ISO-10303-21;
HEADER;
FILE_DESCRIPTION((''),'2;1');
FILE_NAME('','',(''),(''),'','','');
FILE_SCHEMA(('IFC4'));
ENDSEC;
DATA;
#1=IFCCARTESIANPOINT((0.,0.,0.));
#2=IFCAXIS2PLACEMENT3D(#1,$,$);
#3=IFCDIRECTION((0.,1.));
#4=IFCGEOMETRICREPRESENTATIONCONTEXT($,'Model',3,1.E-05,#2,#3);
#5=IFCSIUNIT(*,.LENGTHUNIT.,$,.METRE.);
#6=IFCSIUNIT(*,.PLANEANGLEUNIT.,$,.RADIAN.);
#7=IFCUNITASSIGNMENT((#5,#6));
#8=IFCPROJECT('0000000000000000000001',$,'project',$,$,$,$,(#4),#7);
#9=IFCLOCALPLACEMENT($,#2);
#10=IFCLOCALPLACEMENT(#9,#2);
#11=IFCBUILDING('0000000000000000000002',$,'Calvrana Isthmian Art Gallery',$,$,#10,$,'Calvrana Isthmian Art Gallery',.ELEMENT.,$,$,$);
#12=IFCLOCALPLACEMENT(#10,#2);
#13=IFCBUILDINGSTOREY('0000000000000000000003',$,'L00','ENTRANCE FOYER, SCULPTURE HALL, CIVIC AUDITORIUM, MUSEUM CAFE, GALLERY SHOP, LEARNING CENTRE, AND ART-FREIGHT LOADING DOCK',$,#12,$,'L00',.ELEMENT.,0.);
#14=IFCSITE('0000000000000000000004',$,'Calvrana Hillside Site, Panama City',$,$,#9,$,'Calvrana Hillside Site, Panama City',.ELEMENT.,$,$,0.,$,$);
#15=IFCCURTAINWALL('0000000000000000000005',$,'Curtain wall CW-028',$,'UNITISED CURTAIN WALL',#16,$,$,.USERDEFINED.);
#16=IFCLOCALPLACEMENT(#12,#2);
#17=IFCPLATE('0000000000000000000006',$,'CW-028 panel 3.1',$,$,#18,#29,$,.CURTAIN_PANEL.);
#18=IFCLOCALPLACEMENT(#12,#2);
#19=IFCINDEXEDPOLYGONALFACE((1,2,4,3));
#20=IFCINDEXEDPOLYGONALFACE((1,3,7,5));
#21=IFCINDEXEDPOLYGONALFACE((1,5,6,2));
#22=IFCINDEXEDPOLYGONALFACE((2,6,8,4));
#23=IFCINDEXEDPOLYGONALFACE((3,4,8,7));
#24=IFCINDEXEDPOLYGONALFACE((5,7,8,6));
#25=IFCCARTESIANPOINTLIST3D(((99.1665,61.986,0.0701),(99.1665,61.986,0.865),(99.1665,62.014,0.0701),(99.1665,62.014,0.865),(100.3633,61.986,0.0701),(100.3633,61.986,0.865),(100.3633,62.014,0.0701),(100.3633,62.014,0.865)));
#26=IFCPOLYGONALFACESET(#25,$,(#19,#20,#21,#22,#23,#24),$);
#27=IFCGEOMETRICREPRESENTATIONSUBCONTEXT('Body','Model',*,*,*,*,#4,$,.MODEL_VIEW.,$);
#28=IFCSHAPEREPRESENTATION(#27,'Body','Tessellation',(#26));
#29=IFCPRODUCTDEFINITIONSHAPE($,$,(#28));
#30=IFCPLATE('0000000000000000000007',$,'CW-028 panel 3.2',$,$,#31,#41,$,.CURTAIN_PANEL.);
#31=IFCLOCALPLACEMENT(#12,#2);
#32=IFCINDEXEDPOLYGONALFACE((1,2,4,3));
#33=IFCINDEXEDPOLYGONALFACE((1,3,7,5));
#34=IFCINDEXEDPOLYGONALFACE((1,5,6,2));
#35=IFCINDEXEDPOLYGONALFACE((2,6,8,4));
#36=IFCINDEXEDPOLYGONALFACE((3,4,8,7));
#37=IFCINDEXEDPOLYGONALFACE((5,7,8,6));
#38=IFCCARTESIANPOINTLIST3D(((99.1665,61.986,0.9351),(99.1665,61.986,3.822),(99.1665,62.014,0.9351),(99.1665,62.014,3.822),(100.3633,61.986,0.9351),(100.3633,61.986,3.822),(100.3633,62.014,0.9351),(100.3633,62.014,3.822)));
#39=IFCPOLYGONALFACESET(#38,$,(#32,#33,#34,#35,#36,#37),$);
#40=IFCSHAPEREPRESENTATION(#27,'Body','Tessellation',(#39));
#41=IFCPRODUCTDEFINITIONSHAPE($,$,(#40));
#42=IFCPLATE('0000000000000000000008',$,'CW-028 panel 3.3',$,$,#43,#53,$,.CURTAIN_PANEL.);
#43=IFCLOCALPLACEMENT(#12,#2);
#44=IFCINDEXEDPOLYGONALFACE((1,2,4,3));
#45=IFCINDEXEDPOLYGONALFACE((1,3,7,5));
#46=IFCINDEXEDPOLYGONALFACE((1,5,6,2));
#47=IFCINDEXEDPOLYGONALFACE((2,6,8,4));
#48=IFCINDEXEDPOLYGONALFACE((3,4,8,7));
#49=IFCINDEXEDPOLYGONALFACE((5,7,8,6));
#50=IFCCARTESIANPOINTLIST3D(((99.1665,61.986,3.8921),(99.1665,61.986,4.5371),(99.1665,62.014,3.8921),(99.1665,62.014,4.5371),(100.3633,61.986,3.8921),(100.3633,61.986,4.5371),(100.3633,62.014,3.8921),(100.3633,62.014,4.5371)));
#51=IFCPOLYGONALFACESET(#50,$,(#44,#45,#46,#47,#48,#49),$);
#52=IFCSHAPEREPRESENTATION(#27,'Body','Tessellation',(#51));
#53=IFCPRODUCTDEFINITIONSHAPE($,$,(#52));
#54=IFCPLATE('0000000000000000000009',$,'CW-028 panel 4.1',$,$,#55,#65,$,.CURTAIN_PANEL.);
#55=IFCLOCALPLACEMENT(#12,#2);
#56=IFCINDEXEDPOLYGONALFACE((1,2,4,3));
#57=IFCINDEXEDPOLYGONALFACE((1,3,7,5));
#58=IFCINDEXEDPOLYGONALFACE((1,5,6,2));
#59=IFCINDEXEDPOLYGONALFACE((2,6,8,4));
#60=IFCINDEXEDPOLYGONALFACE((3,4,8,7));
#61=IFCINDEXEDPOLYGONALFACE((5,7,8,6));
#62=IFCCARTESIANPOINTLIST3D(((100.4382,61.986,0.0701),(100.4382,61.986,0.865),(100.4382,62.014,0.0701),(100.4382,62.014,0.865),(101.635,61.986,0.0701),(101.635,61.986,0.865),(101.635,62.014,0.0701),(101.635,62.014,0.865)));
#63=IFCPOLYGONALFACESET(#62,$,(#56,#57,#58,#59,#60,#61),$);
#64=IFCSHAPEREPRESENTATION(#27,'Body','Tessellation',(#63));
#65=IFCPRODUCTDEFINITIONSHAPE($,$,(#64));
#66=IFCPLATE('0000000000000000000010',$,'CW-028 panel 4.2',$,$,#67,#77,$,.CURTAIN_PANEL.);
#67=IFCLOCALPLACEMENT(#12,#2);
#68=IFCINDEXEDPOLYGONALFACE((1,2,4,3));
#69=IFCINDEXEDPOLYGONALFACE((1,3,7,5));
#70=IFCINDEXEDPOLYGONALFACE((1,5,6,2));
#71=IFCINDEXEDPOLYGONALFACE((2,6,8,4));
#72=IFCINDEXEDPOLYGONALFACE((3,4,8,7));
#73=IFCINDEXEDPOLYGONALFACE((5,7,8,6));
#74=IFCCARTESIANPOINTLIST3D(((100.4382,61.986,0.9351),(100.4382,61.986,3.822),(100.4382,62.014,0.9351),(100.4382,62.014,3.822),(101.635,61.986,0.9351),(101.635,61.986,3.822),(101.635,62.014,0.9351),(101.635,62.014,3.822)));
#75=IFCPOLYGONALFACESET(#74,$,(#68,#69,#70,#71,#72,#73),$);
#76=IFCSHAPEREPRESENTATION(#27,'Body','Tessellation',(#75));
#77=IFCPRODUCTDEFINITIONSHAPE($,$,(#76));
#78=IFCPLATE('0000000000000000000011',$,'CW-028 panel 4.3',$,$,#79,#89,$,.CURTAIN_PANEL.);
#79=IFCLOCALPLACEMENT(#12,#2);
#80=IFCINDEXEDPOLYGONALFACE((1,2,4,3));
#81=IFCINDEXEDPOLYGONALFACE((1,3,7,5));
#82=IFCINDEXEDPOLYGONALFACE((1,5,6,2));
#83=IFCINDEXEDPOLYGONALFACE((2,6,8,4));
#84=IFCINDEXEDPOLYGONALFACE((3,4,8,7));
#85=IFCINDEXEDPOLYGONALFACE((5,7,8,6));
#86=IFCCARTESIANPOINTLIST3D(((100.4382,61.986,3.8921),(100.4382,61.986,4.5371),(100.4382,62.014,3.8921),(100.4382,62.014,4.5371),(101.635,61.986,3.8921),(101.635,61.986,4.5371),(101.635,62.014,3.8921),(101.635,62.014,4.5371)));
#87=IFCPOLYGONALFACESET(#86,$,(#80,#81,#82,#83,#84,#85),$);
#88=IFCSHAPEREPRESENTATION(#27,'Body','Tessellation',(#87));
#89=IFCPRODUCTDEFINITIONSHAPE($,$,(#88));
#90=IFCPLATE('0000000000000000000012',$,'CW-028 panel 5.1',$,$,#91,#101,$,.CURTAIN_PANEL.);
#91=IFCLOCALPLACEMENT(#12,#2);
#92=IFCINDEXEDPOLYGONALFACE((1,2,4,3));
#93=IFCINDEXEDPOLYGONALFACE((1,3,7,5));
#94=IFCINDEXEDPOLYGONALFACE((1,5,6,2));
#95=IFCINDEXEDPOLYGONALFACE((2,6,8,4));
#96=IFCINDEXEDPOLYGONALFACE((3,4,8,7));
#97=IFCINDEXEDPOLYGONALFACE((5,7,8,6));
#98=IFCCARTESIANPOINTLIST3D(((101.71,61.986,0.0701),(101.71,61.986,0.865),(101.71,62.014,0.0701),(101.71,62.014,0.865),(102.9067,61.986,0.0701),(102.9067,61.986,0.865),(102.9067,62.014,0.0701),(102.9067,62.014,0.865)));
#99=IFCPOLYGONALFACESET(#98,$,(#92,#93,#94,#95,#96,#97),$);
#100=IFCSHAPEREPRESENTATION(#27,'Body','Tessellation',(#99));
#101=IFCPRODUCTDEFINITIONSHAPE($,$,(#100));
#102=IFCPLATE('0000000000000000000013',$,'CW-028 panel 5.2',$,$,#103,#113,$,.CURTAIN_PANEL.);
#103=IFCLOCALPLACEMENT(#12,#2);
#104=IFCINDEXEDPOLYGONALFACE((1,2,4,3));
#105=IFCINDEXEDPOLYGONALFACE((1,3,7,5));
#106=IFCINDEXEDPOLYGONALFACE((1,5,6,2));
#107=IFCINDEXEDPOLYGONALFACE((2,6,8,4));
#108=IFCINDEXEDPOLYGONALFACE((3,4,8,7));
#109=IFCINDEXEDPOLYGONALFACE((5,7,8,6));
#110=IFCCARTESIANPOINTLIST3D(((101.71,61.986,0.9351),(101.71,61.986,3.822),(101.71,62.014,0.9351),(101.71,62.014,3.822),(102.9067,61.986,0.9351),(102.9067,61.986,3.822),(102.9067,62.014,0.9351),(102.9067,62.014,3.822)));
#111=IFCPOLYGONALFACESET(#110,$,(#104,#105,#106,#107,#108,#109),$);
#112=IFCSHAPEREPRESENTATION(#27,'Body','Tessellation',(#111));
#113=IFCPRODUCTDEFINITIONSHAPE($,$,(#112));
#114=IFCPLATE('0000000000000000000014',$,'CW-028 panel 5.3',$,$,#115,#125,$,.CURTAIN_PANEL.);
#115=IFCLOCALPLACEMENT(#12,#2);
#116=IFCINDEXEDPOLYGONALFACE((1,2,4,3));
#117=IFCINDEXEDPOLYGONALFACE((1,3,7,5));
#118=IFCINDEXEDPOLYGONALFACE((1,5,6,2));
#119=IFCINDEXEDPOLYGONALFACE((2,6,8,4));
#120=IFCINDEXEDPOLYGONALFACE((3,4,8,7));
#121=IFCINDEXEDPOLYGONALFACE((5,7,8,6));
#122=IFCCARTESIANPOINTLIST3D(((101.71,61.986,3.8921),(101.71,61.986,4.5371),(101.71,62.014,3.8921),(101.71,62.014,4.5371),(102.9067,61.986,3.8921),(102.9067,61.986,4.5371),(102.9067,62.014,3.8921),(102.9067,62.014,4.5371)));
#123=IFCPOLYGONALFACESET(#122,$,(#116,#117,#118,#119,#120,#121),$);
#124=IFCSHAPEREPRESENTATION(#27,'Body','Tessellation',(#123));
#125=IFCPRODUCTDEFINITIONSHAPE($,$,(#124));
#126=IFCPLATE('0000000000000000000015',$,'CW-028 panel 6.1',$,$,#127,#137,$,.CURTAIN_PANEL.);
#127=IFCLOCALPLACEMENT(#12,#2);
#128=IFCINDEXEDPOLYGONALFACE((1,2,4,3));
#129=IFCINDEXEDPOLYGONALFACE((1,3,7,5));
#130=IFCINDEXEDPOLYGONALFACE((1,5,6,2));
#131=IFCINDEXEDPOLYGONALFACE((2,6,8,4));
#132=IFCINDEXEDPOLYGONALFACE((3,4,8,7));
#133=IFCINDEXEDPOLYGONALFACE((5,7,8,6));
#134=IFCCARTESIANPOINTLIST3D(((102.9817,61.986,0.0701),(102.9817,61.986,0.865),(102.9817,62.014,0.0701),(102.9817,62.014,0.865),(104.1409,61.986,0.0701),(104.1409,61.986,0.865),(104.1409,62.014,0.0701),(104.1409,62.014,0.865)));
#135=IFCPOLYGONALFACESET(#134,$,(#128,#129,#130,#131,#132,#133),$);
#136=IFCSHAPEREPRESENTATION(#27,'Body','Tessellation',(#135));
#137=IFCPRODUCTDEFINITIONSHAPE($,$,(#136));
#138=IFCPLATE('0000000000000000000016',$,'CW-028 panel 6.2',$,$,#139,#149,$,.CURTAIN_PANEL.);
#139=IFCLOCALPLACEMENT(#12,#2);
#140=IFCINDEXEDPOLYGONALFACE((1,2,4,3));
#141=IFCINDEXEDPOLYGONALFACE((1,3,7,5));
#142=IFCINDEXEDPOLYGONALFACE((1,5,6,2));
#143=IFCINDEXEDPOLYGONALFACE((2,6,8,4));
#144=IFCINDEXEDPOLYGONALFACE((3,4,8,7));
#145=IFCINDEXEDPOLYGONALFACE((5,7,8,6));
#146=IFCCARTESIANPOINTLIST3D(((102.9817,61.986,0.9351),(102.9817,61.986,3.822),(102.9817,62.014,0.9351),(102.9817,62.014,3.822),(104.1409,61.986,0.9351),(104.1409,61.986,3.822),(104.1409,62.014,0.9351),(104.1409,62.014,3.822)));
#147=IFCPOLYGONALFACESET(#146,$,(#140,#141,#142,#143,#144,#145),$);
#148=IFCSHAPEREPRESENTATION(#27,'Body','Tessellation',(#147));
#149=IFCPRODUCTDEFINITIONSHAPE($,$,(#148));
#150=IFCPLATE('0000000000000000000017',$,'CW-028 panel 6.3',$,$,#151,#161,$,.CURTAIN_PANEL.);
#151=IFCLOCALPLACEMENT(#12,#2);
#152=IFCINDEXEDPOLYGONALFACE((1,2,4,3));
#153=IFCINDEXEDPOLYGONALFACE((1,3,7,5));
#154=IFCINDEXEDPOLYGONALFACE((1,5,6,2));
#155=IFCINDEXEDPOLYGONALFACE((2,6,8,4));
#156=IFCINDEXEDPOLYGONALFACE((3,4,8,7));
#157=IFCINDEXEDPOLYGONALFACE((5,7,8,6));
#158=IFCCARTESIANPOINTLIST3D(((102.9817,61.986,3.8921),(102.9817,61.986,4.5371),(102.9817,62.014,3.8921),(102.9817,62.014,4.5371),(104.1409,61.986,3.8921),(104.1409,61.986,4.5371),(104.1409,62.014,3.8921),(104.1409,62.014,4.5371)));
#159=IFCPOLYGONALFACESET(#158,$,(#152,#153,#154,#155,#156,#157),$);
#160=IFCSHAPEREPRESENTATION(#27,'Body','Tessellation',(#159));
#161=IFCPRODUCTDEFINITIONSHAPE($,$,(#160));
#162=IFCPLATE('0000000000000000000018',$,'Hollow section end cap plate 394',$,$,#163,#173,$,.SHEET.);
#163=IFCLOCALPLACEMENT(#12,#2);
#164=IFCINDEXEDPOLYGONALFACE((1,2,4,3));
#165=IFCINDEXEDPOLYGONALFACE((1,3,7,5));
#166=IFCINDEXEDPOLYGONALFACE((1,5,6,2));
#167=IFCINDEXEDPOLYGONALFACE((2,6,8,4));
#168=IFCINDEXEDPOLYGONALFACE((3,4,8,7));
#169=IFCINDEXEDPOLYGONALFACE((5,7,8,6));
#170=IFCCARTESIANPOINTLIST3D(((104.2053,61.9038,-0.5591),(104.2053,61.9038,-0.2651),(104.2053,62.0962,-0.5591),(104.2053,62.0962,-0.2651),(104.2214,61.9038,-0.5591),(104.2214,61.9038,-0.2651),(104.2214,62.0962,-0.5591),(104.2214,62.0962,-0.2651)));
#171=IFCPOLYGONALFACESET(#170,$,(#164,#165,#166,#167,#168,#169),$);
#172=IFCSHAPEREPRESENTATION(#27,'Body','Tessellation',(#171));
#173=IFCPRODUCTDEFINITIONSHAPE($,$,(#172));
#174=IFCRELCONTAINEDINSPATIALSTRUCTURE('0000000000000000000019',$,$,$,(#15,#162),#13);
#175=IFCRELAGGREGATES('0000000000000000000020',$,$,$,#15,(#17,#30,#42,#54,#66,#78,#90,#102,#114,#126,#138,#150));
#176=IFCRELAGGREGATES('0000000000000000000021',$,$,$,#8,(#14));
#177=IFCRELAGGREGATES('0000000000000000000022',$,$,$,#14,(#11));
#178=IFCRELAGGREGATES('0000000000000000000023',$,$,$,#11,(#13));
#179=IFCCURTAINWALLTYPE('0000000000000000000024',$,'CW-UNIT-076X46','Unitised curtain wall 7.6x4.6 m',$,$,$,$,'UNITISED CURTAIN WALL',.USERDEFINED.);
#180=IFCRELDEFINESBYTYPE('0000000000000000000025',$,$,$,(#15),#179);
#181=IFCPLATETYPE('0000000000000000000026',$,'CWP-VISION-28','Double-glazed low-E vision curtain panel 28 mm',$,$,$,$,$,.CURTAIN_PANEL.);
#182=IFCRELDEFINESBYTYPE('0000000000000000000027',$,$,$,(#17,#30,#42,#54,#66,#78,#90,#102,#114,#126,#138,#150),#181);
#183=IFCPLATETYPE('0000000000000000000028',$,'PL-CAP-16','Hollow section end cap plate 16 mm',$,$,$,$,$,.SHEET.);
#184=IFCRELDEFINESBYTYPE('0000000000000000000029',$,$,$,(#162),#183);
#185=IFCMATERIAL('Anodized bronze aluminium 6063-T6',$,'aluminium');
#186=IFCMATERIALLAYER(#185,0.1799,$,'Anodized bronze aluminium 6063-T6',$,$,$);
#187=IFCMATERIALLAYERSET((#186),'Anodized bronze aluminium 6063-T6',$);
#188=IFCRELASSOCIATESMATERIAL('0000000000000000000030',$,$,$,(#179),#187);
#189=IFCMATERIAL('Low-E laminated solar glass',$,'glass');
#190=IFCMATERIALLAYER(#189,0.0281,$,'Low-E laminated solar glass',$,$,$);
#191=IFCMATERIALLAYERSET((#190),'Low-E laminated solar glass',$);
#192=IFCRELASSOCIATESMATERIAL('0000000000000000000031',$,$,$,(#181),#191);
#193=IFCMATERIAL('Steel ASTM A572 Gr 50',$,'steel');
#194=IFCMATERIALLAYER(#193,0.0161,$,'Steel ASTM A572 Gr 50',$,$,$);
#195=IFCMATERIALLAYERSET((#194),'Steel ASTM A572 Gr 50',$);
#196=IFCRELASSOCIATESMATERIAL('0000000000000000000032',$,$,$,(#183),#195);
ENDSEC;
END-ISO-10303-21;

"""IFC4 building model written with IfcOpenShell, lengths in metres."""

from ifc_helpers import new_model, si_unit, direction, frame, origin, origin_2d, place, context, subcontext, project, spatial, rectangle, extrude, material, layer, layer_set, type_object, element, aggregate, save


model = new_model("IFC4")

# Units and contexts
model_context = context("Model", 3, precision=1e-05, world=origin(), true_north=direction((0.0, 1.0)))
body_context = subcontext(model_context, "Body", "Model", "MODEL_VIEW")
ifc_project = project(units=[si_unit("LENGTHUNIT", "METRE"), si_unit("PLANEANGLEUNIT", "RADIAN")], contexts=[model_context])

# Site, building, storey
site_placement = place(None, origin())
site = spatial("IfcSite", under=ifc_project, at=site_placement, Name="Calvrana Hillside Site, Panama City", LongName="Calvrana Hillside Site, Panama City", CompositionType="ELEMENT", RefElevation=0.0)
building_placement = place(site_placement, origin())
building = spatial("IfcBuilding", under=site, at=building_placement, Name="Calvrana Isthmian Art Gallery", LongName="Calvrana Isthmian Art Gallery", CompositionType="ELEMENT")
storey_placement = place(building_placement, origin())
storey = spatial("IfcBuildingStorey", under=building, at=storey_placement, Name="L00", Description="ENTRANCE FOYER, SCULPTURE HALL, CIVIC AUDITORIUM, MUSEUM CAFE, GALLERY SHOP, LEARNING CENTRE, AND ART-FREIGHT LOADING DOCK", LongName="L00", CompositionType="ELEMENT", Elevation=0.0)

# Curtain wall, plates
ifc_material_1 = material(Name="Anodized bronze aluminium 6063-T6", Category="aluminium")
ifc_layer_1 = layer(ifc_material_1, 0.1799, Name="Anodized bronze aluminium 6063-T6")
ifc_layer_set_1 = layer_set([ifc_layer_1], Name="Anodized bronze aluminium 6063-T6")
curtain_wall_type = type_object("IfcCurtainWallType", Name="CW-UNIT-076X46", Description="Unitised curtain wall 7.6x4.6 m", ElementType="UNITISED CURTAIN WALL", PredefinedType="USERDEFINED", material=ifc_layer_set_1)
curtain_wall_placement = place(storey_placement, origin())
curtain_wall = element("IfcCurtainWall", 1, at=curtain_wall_placement, inside=storey, type_object=curtain_wall_type, Name="Curtain wall CW-028", ObjectType="UNITISED CURTAIN WALL", PredefinedType="USERDEFINED")
ifc_material_2 = material(Name="Low-E laminated solar glass", Category="glass")
ifc_layer_2 = layer(ifc_material_2, 0.0281, Name="Low-E laminated solar glass")
ifc_layer_set_2 = layer_set([ifc_layer_2], Name="Low-E laminated solar glass")
plate_type_1 = type_object("IfcPlateType", Name="CWP-VISION-28", Description="Double-glazed low-E vision curtain panel 28 mm", PredefinedType="CURTAIN_PANEL", material=ifc_layer_set_2)
plate_1_placement = place(storey_placement, frame((99.7649, 62.0, 0.0701), z_axis=(0.0, 0.0, 1.0), x_axis=(1.0, 0.0, 0.0)))
plate_1 = element("IfcPlate", 2, at=plate_1_placement, type_object=plate_type_1, Name="CW-028 panel 3.1", PredefinedType="CURTAIN_PANEL", context=body_context, shape_type="SweptSolid", body=[
    extrude(rectangle(XDim=1.1968, YDim=0.0281, at=origin_2d()), origin(), (0.0, 0.0, 1.0), 0.7949),
])
plate_2_placement = place(storey_placement, frame((99.7649, 62.0, 0.9351), z_axis=(0.0, 0.0, 1.0), x_axis=(1.0, 0.0, 0.0)))
plate_2 = element("IfcPlate", 3, at=plate_2_placement, type_object=plate_type_1, Name="CW-028 panel 3.2", PredefinedType="CURTAIN_PANEL", context=body_context, shape_type="SweptSolid", body=[
    extrude(rectangle(XDim=1.1968, YDim=0.0281, at=origin_2d()), origin(), (0.0, 0.0, 1.0), 2.887),
])
plate_3_placement = place(storey_placement, frame((99.7649, 62.0, 3.8921), z_axis=(0.0, 0.0, 1.0), x_axis=(1.0, 0.0, 0.0)))
plate_3 = element("IfcPlate", 4, at=plate_3_placement, type_object=plate_type_1, Name="CW-028 panel 3.3", PredefinedType="CURTAIN_PANEL", context=body_context, shape_type="SweptSolid", body=[
    extrude(rectangle(XDim=1.1968, YDim=0.0281, at=origin_2d()), origin(), (0.0, 0.0, 1.0), 0.645),
])
plate_4_placement = place(storey_placement, frame((101.0366, 62.0, 0.0701), z_axis=(0.0, 0.0, 1.0), x_axis=(1.0, 0.0, 0.0)))
plate_4 = element("IfcPlate", 5, at=plate_4_placement, type_object=plate_type_1, Name="CW-028 panel 4.1", PredefinedType="CURTAIN_PANEL", context=body_context, shape_type="SweptSolid", body=[
    extrude(rectangle(XDim=1.1968, YDim=0.0281, at=origin_2d()), origin(), (0.0, 0.0, 1.0), 0.7949),
])
plate_5_placement = place(storey_placement, frame((101.0366, 62.0, 0.9351), z_axis=(0.0, 0.0, 1.0), x_axis=(1.0, 0.0, 0.0)))
plate_5 = element("IfcPlate", 6, at=plate_5_placement, type_object=plate_type_1, Name="CW-028 panel 4.2", PredefinedType="CURTAIN_PANEL", context=body_context, shape_type="SweptSolid", body=[
    extrude(rectangle(XDim=1.1968, YDim=0.0281, at=origin_2d()), origin(), (0.0, 0.0, 1.0), 2.887),
])
plate_6_placement = place(storey_placement, frame((101.0366, 62.0, 3.8921), z_axis=(0.0, 0.0, 1.0), x_axis=(1.0, 0.0, 0.0)))
plate_6 = element("IfcPlate", 7, at=plate_6_placement, type_object=plate_type_1, Name="CW-028 panel 4.3", PredefinedType="CURTAIN_PANEL", context=body_context, shape_type="SweptSolid", body=[
    extrude(rectangle(XDim=1.1968, YDim=0.0281, at=origin_2d()), origin(), (0.0, 0.0, 1.0), 0.645),
])
plate_7_placement = place(storey_placement, frame((102.3083, 62.0, 0.0701), z_axis=(0.0, 0.0, 1.0), x_axis=(1.0, 0.0, 0.0)))
plate_7 = element("IfcPlate", 8, at=plate_7_placement, type_object=plate_type_1, Name="CW-028 panel 5.1", PredefinedType="CURTAIN_PANEL", context=body_context, shape_type="SweptSolid", body=[
    extrude(rectangle(XDim=1.1968, YDim=0.0281, at=origin_2d()), origin(), (0.0, 0.0, 1.0), 0.7949),
])
plate_8_placement = place(storey_placement, frame((102.3083, 62.0, 0.9351), z_axis=(0.0, 0.0, 1.0), x_axis=(1.0, 0.0, 0.0)))
plate_8 = element("IfcPlate", 9, at=plate_8_placement, type_object=plate_type_1, Name="CW-028 panel 5.2", PredefinedType="CURTAIN_PANEL", context=body_context, shape_type="SweptSolid", body=[
    extrude(rectangle(XDim=1.1968, YDim=0.0281, at=origin_2d()), origin(), (0.0, 0.0, 1.0), 2.887),
])
plate_9_placement = place(storey_placement, frame((102.3083, 62.0, 3.8921), z_axis=(0.0, 0.0, 1.0), x_axis=(1.0, 0.0, 0.0)))
plate_9 = element("IfcPlate", 10, at=plate_9_placement, type_object=plate_type_1, Name="CW-028 panel 5.3", PredefinedType="CURTAIN_PANEL", context=body_context, shape_type="SweptSolid", body=[
    extrude(rectangle(XDim=1.1968, YDim=0.0281, at=origin_2d()), origin(), (0.0, 0.0, 1.0), 0.645),
])
plate_10_placement = place(storey_placement, frame((103.5613, 62.0, 0.0701), z_axis=(0.0, 0.0, 1.0), x_axis=(1.0, 0.0, 0.0)))
plate_10 = element("IfcPlate", 11, at=plate_10_placement, type_object=plate_type_1, Name="CW-028 panel 6.1", PredefinedType="CURTAIN_PANEL", context=body_context, shape_type="SweptSolid", body=[
    extrude(rectangle(XDim=1.1592, YDim=0.0281, at=origin_2d()), origin(), (0.0, 0.0, 1.0), 0.7949),
])
plate_11_placement = place(storey_placement, frame((103.5613, 62.0, 0.9351), z_axis=(0.0, 0.0, 1.0), x_axis=(1.0, 0.0, 0.0)))
plate_11 = element("IfcPlate", 12, at=plate_11_placement, type_object=plate_type_1, Name="CW-028 panel 6.2", PredefinedType="CURTAIN_PANEL", context=body_context, shape_type="SweptSolid", body=[
    extrude(rectangle(XDim=1.1592, YDim=0.0281, at=origin_2d()), origin(), (0.0, 0.0, 1.0), 2.887),
])
plate_12_placement = place(storey_placement, frame((103.5613, 62.0, 3.8921), z_axis=(0.0, 0.0, 1.0), x_axis=(1.0, 0.0, 0.0)))
plate_12 = element("IfcPlate", 13, at=plate_12_placement, type_object=plate_type_1, Name="CW-028 panel 6.3", PredefinedType="CURTAIN_PANEL", context=body_context, shape_type="SweptSolid", body=[
    extrude(rectangle(XDim=1.1592, YDim=0.0281, at=origin_2d()), origin(), (0.0, 0.0, 1.0), 0.645),
])
aggregate(curtain_wall, [plate_1, plate_2, plate_3, plate_4, plate_5, plate_6, plate_7, plate_8, plate_9, plate_10, plate_11, plate_12])

# Plate
ifc_material_3 = material(Name="Steel ASTM A572 Gr 50", Category="steel")
ifc_layer_3 = layer(ifc_material_3, 0.0161, Name="Steel ASTM A572 Gr 50")
ifc_layer_set_3 = layer_set([ifc_layer_3], Name="Steel ASTM A572 Gr 50")
plate_type_2 = type_object("IfcPlateType", Name="PL-CAP-16", Description="Hollow section end cap plate 16 mm", PredefinedType="SHEET", material=ifc_layer_set_3)
plate_13_placement = place(storey_placement, frame((104.2134, 62.0, -0.5591), z_axis=(0.0, 0.0, 1.0), x_axis=(1.0, 0.0, 0.0)))
element("IfcPlate", 14, at=plate_13_placement, inside=storey, type_object=plate_type_2, Name="Hollow section end cap plate 394", PredefinedType="SHEET", context=body_context, shape_type="SweptSolid", body=[
    extrude(rectangle(XDim=0.0161, YDim=0.1924, at=origin_2d()), origin(), (0.0, 0.0, 1.0), 0.2939),
])

save(model, "model.ifc")
